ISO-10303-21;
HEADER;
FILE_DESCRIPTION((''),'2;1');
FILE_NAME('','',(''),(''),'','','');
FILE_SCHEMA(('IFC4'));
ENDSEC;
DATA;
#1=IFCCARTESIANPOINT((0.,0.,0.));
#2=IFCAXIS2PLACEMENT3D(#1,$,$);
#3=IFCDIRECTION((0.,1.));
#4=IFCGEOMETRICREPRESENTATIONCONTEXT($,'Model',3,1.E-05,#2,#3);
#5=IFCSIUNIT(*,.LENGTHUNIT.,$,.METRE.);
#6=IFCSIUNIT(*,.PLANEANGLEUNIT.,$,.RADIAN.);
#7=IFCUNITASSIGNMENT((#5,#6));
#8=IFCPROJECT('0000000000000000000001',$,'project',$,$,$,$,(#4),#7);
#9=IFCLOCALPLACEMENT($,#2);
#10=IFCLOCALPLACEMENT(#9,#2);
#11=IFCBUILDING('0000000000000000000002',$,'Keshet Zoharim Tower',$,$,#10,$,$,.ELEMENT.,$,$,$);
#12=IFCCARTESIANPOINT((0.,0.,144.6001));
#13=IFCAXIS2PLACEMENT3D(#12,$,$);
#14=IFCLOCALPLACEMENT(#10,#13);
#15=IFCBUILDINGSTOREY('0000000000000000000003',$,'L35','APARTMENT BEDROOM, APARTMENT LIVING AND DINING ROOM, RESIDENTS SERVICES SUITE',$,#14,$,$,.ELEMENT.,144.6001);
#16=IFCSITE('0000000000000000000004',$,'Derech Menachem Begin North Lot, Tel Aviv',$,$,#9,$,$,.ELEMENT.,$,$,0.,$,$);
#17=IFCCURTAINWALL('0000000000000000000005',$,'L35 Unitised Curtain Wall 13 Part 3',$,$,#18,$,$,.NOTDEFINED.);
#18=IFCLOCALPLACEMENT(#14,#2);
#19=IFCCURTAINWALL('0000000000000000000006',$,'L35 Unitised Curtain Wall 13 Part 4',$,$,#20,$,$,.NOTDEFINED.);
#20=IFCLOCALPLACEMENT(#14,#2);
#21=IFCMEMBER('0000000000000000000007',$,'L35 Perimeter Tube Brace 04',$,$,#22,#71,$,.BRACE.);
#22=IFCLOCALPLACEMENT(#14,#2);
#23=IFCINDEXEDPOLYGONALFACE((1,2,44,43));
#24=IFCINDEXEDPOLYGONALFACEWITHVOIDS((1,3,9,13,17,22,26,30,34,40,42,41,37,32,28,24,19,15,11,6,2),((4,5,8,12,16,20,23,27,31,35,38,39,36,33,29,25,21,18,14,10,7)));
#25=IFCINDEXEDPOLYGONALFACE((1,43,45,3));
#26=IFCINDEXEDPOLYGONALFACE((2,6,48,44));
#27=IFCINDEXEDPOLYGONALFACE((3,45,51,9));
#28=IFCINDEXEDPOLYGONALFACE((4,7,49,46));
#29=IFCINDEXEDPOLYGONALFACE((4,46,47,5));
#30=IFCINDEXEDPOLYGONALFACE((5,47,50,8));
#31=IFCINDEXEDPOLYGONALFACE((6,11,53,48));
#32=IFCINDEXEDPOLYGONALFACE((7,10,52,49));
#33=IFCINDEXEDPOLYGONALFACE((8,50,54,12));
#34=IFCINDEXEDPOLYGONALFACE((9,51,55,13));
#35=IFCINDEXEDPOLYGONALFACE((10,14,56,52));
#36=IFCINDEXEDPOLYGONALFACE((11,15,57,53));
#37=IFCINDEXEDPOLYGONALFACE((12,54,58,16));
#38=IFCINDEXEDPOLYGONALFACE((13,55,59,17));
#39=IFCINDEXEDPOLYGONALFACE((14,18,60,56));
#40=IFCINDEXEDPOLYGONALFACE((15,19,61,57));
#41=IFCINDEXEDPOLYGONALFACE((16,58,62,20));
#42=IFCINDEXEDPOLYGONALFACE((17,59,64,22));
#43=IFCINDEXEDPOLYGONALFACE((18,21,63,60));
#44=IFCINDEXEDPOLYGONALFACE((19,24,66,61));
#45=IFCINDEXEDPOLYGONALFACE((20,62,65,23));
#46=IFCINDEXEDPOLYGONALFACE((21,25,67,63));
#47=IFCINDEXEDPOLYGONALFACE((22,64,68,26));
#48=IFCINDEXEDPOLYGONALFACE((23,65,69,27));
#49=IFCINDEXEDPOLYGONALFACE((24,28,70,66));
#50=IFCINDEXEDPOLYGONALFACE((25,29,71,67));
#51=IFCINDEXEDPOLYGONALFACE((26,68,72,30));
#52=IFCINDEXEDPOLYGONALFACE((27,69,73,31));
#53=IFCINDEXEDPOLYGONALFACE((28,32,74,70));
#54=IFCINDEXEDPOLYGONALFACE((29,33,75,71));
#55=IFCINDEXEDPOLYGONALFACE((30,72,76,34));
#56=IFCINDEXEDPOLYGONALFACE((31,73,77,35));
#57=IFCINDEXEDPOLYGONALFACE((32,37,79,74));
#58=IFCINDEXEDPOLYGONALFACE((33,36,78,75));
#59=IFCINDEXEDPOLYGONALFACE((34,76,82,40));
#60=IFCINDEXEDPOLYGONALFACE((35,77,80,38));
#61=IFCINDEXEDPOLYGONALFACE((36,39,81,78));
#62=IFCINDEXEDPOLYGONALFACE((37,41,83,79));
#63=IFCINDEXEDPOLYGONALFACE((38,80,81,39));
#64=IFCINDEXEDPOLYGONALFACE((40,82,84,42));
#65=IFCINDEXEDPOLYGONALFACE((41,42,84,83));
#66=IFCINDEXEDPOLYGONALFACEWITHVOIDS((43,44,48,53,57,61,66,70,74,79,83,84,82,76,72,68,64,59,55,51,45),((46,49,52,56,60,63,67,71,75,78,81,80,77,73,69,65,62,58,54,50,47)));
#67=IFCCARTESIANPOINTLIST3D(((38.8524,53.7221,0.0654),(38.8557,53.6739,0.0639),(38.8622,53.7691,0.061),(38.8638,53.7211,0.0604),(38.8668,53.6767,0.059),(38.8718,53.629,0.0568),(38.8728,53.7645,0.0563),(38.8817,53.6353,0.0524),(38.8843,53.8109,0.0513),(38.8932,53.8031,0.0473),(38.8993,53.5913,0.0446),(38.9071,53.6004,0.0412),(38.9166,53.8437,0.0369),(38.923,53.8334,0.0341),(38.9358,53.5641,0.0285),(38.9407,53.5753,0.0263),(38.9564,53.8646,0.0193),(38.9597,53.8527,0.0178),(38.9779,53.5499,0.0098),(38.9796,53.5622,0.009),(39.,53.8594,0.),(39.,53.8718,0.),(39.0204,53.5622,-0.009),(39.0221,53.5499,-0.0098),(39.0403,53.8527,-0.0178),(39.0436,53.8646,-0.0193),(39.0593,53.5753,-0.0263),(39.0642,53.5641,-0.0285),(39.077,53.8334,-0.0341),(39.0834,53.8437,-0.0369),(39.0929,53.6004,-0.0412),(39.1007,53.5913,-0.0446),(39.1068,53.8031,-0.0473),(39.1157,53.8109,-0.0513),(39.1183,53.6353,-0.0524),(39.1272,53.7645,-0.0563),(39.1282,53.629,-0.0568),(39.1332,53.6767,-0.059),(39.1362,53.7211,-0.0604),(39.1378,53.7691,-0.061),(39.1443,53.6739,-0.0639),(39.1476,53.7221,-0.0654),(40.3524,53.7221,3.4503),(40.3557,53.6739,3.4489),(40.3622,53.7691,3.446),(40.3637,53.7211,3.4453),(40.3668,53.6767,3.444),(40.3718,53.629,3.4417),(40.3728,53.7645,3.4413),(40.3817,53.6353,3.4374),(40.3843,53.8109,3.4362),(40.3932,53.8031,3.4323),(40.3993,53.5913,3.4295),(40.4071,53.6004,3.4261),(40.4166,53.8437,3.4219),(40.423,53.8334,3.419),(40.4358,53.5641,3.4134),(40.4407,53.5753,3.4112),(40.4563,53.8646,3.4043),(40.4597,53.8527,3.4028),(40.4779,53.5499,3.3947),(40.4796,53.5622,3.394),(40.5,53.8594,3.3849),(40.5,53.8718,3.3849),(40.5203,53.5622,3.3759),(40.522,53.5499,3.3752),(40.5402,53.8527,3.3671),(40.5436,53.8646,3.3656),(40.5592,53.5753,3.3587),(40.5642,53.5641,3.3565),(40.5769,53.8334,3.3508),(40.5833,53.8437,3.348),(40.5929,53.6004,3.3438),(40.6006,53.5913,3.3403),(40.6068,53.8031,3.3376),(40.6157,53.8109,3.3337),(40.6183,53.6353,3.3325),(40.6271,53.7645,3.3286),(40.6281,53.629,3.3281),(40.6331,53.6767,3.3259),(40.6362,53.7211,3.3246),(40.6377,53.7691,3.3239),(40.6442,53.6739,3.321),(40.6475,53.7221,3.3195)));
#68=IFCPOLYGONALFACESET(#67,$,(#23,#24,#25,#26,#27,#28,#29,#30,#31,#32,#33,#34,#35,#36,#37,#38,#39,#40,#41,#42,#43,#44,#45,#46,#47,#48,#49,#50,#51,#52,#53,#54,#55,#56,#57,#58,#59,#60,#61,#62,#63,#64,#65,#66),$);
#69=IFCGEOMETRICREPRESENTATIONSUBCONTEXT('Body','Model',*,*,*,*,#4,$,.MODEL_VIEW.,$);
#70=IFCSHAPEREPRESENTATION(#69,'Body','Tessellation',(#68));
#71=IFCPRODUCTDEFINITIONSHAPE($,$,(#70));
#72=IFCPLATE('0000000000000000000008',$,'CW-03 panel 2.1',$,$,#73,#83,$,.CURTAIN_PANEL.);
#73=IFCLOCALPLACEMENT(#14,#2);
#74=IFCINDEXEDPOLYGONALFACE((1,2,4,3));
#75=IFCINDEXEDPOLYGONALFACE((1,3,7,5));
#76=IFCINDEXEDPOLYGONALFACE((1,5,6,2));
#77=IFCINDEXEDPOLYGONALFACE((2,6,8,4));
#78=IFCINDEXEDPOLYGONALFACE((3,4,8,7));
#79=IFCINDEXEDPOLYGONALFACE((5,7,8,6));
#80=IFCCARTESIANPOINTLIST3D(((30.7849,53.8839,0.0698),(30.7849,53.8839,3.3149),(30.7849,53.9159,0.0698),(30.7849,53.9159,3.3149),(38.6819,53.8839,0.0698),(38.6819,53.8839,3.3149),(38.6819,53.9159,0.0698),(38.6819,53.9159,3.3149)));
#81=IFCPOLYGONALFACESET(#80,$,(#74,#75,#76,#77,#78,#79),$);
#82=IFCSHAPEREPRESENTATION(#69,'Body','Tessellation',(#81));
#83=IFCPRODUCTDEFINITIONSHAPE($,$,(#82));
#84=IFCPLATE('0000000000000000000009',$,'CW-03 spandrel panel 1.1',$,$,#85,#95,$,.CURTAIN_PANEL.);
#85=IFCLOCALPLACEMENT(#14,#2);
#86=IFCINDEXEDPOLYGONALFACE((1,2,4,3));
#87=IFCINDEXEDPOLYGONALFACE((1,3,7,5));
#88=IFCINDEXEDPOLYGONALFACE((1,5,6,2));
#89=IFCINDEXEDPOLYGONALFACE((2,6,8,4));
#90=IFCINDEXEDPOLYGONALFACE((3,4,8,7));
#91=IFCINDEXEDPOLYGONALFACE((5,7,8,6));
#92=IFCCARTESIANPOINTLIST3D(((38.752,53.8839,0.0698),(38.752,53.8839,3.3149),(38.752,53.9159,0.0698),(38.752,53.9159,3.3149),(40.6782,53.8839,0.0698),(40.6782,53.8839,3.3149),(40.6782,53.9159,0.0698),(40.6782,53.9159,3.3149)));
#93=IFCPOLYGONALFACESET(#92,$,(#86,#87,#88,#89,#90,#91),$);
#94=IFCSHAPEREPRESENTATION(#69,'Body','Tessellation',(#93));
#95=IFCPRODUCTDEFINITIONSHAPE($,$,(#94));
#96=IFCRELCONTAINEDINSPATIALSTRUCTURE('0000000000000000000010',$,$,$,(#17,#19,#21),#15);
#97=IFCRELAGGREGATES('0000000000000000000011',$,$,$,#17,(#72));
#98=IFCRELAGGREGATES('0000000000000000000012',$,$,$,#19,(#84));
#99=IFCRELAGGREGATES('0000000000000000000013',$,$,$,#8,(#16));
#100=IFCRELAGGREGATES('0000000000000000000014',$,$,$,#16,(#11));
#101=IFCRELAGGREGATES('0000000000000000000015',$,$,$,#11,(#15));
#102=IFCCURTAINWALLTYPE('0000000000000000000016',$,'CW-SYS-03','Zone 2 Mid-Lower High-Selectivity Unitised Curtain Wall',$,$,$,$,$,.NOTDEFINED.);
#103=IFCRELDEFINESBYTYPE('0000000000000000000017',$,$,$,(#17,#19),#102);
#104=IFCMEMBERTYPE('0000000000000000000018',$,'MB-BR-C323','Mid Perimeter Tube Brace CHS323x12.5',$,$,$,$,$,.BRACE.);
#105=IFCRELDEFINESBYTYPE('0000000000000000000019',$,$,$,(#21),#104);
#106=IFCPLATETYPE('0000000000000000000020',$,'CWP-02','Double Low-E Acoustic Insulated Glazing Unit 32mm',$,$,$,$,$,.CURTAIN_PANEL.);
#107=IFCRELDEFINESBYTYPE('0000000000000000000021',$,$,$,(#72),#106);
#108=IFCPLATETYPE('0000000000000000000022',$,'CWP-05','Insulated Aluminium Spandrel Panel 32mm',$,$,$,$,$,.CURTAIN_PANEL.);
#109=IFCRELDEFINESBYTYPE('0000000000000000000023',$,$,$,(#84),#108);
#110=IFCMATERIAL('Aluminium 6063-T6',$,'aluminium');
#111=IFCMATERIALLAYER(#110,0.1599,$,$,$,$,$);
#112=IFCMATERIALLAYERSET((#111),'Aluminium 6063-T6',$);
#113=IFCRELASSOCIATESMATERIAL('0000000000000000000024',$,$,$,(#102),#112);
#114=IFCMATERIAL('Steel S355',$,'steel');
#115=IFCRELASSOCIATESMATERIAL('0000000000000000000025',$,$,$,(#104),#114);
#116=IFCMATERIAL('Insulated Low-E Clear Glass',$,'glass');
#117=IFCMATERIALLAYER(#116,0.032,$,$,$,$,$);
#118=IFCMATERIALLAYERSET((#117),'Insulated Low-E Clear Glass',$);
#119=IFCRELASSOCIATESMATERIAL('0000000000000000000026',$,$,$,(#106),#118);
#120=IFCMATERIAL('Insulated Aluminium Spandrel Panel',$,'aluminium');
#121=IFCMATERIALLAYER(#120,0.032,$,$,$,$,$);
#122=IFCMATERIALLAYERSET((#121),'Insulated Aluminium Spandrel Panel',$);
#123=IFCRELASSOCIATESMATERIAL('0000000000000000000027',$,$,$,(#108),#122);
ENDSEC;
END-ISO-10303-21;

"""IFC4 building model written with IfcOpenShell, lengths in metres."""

from ifc_helpers import new_model, si_unit, direction, frame, origin, origin_2d, place, context, subcontext, project, spatial, rectangle, hollow_circle, extrude, material, layer, layer_set, material_profile, profile_set, type_object, element, aggregate, save


model = new_model("IFC4")

# Units and contexts
model_context = context("Model", 3, precision=1e-05, world=origin(), true_north=direction((0.0, 1.0)))
body_context = subcontext(model_context, "Body", "Model", "MODEL_VIEW")
ifc_project = project(units=[si_unit("LENGTHUNIT", "METRE"), si_unit("PLANEANGLEUNIT", "RADIAN")], contexts=[model_context])

# Site, building, storey
site_placement = place(None, origin())
site = spatial("IfcSite", under=ifc_project, at=site_placement, Name="Derech Menachem Begin North Lot, Tel Aviv", CompositionType="ELEMENT", RefElevation=0.0)
building_placement = place(site_placement, origin())
building = spatial("IfcBuilding", under=site, at=building_placement, Name="Keshet Zoharim Tower", CompositionType="ELEMENT")
storey_placement = place(building_placement, frame((0.0, 0.0, 144.6001)))
storey = spatial("IfcBuildingStorey", under=building, at=storey_placement, Name="L35", Description="APARTMENT BEDROOM, APARTMENT LIVING AND DINING ROOM, RESIDENTS SERVICES SUITE", CompositionType="ELEMENT", Elevation=144.6001)

# Shared definitions
ifc_material_1 = material(Name="Steel S355", Category="steel")

# Curtain wall
ifc_material_2 = material(Name="Aluminium 6063-T6", Category="aluminium")
ifc_layer_1 = layer(ifc_material_2, 0.1599)
ifc_layer_set_1 = layer_set([ifc_layer_1], Name="Aluminium 6063-T6")
curtain_wall_type = type_object("IfcCurtainWallType", Name="CW-SYS-03", Description="Zone 2 Mid-Lower High-Selectivity Unitised Curtain Wall", PredefinedType="NOTDEFINED", material=ifc_layer_set_1)
curtain_wall_1_placement = place(storey_placement, origin())
curtain_wall_1 = element("IfcCurtainWall", 1, at=curtain_wall_1_placement, inside=storey, type_object=curtain_wall_type, Name="L35 Unitised Curtain Wall 13 Part 3", PredefinedType="NOTDEFINED")

# Curtain wall
curtain_wall_2_placement = place(storey_placement, origin())
curtain_wall_2 = element("IfcCurtainWall", 2, at=curtain_wall_2_placement, inside=storey, type_object=curtain_wall_type, Name="L35 Unitised Curtain Wall 13 Part 4", PredefinedType="NOTDEFINED")

# Member
ifc_material_profile_1 = material_profile(ifc_material_1, hollow_circle(Radius=0.1619, WallThickness=0.0125, at=origin_2d()), Name="CHS323x12.5")
ifc_profile_set_1 = profile_set([ifc_material_profile_1], Name="Steel S355")
member_type_1 = type_object("IfcMemberType", Name="MB-BR-C323", Description="Mid Perimeter Tube Brace CHS323x12.5", PredefinedType="BRACE", material=ifc_profile_set_1)
member_1_placement = place(storey_placement, frame((39.0, 53.71, 0.0), z_axis=(0.405135, 0.0, 0.914257), x_axis=(0.0, 1.0, 0.0)))
element("IfcMember", 3, at=member_1_placement, inside=storey, type_object=member_type_1, Name="L35 Perimeter Tube Brace 04", PredefinedType="BRACE", context=body_context, shape_type="SweptSolid", body=[
    extrude(hollow_circle(Radius=0.1619, WallThickness=0.0125, at=origin_2d()), origin(), (0.0, 0.0, 1.0), 3.7024),
])

# Plates
ifc_material_3 = material(Name="Insulated Low-E Clear Glass", Category="glass")
ifc_layer_2 = layer(ifc_material_3, 0.032)
ifc_layer_set_2 = layer_set([ifc_layer_2], Name="Insulated Low-E Clear Glass")
plate_type_1 = type_object("IfcPlateType", Name="CWP-02", Description="Double Low-E Acoustic Insulated Glazing Unit 32mm", PredefinedType="CURTAIN_PANEL", material=ifc_layer_set_2)
plate_1_placement = place(storey_placement, frame((34.7334, 53.8999, 0.0698), z_axis=(0.0, 0.0, 1.0), x_axis=(1.0, 0.0, 0.0)))
plate_1 = element("IfcPlate", 4, at=plate_1_placement, type_object=plate_type_1, Name="CW-03 panel 2.1", PredefinedType="CURTAIN_PANEL", context=body_context, shape_type="SweptSolid", body=[
    extrude(rectangle(XDim=7.897, YDim=0.032, at=origin_2d()), origin(), (0.0, 0.0, 1.0), 3.2451),
])
aggregate(curtain_wall_1, [plate_1])
ifc_material_4 = material(Name="Insulated Aluminium Spandrel Panel", Category="aluminium")
ifc_layer_3 = layer(ifc_material_4, 0.032)
ifc_layer_set_3 = layer_set([ifc_layer_3], Name="Insulated Aluminium Spandrel Panel")
plate_type_2 = type_object("IfcPlateType", Name="CWP-05", Description="Insulated Aluminium Spandrel Panel 32mm", PredefinedType="CURTAIN_PANEL", material=ifc_layer_set_3)
plate_2_placement = place(storey_placement, frame((39.7151, 53.8999, 0.0698), z_axis=(0.0, 0.0, 1.0), x_axis=(1.0, 0.0, 0.0)))
plate_2 = element("IfcPlate", 5, at=plate_2_placement, type_object=plate_type_2, Name="CW-03 spandrel panel 1.1", PredefinedType="CURTAIN_PANEL", context=body_context, shape_type="SweptSolid", body=[
    extrude(rectangle(XDim=1.9263, YDim=0.032, at=origin_2d()), origin(), (0.0, 0.0, 1.0), 3.2451),
])
aggregate(curtain_wall_2, [plate_2])

save(model, "model.ifc")
